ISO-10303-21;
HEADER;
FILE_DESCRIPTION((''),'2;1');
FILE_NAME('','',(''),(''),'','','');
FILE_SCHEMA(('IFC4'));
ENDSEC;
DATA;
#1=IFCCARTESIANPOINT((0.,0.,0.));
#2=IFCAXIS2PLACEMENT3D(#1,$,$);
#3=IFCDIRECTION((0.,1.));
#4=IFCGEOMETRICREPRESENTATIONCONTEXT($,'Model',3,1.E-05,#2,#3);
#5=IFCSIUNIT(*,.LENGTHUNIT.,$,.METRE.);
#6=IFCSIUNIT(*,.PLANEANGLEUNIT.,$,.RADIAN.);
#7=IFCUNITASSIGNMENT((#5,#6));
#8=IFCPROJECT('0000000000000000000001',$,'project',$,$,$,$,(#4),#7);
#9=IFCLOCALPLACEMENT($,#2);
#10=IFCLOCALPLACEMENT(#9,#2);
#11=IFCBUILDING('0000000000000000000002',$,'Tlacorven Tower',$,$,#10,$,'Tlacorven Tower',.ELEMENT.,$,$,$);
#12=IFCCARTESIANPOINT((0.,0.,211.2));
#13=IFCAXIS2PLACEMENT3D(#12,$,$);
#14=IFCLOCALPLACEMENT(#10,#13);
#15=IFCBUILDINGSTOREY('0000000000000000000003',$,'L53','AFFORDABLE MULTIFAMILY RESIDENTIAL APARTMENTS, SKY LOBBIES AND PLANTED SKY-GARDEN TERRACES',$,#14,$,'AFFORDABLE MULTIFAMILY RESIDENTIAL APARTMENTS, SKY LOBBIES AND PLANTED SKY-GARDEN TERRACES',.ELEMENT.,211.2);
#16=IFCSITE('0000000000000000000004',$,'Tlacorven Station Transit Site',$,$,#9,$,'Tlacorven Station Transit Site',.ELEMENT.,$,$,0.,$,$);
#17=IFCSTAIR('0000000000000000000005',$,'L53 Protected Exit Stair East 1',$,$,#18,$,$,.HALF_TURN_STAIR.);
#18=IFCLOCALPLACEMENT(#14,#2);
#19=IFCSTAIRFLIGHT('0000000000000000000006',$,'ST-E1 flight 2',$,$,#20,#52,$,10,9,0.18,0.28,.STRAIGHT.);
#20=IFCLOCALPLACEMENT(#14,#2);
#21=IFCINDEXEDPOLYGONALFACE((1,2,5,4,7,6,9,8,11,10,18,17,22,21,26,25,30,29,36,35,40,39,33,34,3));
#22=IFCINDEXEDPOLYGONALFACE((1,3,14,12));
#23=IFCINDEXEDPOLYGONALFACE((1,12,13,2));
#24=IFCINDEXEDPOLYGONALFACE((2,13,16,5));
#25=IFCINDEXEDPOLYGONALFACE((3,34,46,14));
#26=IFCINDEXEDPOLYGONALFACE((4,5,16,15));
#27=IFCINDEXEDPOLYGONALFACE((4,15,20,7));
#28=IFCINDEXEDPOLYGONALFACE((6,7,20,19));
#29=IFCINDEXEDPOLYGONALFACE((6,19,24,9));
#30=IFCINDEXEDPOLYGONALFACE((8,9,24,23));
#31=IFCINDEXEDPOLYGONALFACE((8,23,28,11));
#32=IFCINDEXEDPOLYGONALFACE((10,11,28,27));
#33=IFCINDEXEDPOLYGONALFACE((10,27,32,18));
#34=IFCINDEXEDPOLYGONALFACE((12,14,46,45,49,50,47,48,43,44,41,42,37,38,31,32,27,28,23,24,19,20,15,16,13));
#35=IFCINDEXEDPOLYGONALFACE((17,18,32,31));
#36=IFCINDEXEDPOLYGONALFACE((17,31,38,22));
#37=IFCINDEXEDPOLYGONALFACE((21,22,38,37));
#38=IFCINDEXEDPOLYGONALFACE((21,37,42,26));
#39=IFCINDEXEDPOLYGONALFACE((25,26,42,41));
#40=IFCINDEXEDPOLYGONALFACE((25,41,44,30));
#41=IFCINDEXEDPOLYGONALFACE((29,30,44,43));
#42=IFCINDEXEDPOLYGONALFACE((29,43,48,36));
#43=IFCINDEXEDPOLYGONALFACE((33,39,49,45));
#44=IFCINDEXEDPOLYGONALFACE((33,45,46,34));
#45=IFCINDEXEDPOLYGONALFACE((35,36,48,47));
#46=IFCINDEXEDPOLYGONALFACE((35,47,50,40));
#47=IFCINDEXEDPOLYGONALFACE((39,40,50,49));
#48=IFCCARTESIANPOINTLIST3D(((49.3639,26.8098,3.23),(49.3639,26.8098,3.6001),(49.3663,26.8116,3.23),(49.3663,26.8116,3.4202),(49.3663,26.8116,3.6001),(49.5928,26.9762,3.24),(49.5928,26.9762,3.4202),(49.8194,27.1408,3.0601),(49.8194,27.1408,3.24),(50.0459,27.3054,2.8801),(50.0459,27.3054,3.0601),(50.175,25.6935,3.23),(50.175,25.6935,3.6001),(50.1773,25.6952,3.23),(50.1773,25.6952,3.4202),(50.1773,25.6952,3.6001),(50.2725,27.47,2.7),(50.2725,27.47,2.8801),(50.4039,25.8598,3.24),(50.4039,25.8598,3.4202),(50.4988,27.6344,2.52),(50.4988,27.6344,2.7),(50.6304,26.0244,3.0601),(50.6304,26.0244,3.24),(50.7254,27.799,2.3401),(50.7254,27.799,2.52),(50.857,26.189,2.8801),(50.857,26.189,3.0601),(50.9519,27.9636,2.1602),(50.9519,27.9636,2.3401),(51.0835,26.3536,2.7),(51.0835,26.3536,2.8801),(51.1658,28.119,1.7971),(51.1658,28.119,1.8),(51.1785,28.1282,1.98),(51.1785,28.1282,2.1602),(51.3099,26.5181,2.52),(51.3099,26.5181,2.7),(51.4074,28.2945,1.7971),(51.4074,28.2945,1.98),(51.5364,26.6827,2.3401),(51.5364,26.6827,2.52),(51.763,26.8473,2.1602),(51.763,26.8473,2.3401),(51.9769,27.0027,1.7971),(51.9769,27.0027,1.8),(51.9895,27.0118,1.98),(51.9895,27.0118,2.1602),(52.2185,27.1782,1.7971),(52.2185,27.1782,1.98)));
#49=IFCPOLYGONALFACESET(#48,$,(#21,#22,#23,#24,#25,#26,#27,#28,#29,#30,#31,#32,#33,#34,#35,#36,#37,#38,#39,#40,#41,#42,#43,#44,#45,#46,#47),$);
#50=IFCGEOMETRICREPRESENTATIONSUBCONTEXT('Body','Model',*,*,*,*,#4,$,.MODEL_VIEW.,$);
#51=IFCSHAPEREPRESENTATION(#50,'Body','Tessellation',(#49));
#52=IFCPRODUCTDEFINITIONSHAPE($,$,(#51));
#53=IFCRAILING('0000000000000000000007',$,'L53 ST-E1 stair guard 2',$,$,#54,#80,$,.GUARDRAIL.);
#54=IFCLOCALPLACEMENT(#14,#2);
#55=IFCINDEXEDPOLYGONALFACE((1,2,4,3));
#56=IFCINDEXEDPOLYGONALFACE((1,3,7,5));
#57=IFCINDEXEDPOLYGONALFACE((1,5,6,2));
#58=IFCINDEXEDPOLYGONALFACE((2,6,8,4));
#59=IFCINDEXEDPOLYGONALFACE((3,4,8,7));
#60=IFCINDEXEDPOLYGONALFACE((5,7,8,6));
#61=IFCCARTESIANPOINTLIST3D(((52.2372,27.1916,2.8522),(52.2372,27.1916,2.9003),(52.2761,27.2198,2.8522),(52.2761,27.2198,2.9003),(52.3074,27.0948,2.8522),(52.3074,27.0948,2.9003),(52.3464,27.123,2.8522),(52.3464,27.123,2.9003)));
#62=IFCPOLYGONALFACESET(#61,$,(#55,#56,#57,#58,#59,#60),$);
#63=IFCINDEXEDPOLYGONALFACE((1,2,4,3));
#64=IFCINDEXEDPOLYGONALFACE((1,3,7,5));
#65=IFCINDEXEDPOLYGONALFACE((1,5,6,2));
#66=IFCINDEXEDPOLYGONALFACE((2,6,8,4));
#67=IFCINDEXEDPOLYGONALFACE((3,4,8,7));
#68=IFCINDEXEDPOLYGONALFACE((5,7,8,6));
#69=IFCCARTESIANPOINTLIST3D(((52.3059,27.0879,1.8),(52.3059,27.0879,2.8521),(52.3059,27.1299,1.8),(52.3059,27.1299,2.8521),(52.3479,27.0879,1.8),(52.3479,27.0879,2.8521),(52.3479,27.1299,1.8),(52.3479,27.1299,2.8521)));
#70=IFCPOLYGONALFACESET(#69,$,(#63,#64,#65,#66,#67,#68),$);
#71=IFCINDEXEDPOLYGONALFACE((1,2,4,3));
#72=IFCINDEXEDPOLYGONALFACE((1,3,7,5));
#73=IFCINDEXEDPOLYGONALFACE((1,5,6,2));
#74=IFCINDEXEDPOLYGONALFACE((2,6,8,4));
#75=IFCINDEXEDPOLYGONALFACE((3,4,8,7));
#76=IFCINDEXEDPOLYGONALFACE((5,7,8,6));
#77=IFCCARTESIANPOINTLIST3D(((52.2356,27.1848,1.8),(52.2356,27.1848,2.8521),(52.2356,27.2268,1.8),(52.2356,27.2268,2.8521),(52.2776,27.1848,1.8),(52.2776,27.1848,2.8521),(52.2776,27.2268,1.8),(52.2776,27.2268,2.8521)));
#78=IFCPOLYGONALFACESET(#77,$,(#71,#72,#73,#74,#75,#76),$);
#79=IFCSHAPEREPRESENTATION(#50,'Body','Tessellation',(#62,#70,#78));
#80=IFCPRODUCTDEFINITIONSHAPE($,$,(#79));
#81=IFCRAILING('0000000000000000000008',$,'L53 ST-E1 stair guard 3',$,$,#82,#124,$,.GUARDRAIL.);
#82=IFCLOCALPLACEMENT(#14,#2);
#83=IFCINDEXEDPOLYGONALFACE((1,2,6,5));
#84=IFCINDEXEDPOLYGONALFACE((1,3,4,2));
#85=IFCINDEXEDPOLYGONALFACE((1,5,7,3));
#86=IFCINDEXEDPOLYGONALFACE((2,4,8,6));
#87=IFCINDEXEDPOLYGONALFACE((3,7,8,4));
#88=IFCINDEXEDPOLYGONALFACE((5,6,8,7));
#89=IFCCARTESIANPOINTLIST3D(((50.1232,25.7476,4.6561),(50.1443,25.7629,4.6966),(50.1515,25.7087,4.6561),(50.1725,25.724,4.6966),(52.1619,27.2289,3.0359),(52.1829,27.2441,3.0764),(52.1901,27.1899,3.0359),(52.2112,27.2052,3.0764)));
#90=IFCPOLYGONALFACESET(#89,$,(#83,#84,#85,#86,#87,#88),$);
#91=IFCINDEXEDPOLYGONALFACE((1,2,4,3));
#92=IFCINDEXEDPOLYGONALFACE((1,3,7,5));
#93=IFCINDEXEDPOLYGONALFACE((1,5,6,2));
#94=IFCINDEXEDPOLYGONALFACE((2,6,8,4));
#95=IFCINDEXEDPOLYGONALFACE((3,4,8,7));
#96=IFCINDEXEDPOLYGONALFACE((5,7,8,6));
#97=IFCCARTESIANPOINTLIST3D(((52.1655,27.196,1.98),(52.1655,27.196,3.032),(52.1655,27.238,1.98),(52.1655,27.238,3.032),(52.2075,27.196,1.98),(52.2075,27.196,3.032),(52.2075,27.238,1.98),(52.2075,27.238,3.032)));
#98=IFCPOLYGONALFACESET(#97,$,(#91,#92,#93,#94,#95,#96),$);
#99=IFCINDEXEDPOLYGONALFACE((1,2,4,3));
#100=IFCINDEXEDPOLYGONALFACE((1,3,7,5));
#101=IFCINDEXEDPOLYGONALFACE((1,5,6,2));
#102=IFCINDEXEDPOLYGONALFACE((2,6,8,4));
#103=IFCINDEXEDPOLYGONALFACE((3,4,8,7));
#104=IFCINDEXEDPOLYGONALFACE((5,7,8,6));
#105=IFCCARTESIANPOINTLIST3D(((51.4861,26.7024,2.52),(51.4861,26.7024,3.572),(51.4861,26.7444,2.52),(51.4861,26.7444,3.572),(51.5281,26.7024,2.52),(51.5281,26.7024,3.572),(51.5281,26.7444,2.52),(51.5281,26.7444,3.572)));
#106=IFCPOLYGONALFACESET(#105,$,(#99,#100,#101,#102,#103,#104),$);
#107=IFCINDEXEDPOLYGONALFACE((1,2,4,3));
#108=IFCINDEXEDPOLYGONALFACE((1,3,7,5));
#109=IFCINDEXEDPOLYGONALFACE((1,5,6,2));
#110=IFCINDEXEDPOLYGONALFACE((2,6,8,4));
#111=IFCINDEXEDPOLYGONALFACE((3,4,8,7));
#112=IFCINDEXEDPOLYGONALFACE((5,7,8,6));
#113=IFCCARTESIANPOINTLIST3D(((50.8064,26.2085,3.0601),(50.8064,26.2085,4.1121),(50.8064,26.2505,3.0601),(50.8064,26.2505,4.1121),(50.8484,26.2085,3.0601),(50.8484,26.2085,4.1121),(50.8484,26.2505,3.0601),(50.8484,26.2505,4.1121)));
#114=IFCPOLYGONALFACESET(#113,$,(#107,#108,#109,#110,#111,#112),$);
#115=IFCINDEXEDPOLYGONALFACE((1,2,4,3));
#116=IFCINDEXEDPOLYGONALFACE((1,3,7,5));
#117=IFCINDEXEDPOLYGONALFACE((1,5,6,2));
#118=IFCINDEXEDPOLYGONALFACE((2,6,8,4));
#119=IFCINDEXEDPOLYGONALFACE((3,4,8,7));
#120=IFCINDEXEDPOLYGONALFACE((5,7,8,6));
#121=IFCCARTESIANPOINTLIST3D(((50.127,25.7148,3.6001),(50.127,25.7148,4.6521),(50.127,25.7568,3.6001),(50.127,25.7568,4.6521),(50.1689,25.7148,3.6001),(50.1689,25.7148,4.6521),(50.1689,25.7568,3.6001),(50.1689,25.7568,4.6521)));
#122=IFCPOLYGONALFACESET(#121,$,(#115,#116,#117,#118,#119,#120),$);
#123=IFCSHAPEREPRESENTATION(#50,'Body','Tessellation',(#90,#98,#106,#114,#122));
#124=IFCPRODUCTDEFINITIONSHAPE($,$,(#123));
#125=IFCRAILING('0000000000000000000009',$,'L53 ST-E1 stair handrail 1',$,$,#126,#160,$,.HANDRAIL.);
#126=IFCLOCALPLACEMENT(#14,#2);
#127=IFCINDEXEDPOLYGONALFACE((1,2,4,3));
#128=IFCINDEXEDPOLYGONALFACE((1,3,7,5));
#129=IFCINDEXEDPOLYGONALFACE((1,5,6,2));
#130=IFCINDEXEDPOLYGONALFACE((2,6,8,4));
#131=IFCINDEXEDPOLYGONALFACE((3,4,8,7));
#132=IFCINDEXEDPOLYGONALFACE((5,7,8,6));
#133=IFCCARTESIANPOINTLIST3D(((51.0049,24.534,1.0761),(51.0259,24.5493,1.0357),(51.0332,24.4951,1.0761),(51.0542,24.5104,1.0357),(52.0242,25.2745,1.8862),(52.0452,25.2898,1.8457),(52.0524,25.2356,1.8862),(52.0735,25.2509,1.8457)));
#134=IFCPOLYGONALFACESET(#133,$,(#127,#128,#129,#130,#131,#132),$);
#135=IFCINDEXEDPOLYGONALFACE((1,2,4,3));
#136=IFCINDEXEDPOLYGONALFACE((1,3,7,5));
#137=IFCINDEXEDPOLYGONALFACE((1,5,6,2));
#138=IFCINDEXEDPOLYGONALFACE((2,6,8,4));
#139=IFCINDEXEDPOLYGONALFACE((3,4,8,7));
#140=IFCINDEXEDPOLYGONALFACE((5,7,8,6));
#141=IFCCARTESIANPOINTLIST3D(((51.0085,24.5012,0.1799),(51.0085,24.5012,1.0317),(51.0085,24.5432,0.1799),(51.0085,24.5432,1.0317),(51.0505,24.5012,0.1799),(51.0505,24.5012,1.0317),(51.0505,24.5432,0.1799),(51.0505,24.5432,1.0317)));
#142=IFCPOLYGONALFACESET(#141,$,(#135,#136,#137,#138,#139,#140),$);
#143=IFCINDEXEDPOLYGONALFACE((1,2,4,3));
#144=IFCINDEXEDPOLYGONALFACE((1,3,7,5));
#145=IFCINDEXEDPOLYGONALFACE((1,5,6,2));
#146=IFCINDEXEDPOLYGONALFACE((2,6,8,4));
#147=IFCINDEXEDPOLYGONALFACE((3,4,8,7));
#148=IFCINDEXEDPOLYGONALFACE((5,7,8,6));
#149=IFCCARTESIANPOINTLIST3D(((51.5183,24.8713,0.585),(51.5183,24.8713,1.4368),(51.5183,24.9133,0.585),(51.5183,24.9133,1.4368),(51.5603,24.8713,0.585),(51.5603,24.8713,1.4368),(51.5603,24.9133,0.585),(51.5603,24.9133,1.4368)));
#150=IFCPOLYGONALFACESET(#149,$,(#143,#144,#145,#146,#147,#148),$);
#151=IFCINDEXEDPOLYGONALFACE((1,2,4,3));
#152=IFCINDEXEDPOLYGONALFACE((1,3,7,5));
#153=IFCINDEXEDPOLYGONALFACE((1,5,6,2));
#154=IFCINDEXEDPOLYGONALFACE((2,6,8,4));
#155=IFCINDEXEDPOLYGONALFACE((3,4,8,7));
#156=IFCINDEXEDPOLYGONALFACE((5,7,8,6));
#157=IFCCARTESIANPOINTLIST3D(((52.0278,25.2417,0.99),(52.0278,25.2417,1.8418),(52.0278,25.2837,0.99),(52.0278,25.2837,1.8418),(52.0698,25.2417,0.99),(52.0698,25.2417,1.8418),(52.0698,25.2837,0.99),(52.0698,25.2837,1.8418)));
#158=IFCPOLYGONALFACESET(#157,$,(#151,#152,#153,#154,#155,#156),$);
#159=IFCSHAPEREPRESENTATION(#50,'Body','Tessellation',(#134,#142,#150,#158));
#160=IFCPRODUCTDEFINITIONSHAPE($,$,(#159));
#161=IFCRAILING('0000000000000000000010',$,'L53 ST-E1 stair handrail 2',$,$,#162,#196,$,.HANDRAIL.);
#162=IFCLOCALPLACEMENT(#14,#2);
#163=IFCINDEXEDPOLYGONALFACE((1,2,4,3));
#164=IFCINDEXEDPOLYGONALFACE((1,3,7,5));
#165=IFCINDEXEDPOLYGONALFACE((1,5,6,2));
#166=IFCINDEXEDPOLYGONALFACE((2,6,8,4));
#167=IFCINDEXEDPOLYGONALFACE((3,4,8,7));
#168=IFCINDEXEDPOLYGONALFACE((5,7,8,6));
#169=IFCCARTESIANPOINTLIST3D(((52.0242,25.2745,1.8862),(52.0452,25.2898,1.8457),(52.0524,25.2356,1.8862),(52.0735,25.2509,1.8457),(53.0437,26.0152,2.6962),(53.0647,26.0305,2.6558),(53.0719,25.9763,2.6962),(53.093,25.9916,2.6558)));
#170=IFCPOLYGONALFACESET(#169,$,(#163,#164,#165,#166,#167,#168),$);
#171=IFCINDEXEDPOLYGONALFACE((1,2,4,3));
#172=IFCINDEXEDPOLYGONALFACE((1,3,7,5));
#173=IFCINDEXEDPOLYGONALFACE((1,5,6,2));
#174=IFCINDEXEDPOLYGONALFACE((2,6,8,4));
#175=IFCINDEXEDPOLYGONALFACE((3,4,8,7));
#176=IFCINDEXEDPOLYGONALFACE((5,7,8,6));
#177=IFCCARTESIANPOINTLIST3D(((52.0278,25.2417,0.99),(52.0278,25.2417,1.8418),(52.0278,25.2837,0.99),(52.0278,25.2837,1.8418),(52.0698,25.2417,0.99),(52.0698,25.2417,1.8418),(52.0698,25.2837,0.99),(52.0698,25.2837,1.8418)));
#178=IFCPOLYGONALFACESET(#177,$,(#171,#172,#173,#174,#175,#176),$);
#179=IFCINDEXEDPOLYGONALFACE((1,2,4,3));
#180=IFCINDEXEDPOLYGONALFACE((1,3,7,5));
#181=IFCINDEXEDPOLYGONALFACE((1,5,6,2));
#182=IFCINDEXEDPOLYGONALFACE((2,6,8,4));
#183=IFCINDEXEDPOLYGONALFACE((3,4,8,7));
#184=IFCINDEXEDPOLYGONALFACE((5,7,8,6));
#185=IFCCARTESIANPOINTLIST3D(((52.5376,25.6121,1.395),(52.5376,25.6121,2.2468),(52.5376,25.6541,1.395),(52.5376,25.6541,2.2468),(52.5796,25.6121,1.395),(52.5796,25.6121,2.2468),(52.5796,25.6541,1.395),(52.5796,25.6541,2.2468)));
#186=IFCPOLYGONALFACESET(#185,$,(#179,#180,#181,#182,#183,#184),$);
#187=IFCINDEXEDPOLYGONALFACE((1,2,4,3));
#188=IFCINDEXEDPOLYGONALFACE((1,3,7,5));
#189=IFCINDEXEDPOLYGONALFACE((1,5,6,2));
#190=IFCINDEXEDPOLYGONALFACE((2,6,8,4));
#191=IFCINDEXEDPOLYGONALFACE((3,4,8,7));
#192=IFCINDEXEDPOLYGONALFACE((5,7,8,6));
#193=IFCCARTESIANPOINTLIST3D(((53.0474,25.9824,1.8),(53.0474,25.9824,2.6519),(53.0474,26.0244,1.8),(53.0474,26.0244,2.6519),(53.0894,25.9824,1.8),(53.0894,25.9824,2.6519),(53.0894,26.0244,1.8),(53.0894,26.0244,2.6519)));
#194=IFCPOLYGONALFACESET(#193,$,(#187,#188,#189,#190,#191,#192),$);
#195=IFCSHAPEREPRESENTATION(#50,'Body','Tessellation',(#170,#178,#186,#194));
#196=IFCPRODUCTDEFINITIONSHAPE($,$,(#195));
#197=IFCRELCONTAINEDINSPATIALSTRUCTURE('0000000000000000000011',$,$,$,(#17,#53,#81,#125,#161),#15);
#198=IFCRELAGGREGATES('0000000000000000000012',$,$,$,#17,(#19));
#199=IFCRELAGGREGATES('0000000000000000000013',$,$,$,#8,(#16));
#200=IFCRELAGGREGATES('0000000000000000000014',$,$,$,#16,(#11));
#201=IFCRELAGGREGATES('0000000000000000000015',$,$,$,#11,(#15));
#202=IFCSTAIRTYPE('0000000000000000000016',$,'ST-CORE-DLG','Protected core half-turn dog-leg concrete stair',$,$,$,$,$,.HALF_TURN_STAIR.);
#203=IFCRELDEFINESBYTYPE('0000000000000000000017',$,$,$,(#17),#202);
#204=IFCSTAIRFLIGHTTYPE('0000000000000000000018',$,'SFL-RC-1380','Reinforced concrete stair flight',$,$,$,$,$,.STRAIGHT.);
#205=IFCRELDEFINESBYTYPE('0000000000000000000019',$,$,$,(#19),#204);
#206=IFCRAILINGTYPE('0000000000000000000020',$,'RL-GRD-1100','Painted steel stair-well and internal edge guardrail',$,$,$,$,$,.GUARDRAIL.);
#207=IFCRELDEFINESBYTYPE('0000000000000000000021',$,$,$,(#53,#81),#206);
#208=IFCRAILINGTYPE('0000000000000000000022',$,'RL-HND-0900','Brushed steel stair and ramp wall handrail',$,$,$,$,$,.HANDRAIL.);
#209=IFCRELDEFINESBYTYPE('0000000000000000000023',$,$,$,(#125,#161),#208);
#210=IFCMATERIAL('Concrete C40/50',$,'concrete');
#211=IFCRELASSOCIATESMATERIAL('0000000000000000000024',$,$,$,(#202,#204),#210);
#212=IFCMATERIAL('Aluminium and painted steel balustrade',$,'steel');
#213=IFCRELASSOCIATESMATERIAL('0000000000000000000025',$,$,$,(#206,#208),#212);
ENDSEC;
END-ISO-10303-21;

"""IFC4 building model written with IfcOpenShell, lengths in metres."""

from ifc_helpers import new_model, si_unit, direction, frame, origin, origin_2d, place, context, subcontext, project, spatial, polyline, rectangle, outline, extrude, source, transform, mapped, material, type_object, element, aggregate, save


model = new_model("IFC4")

# Units and contexts
model_context = context("Model", 3, precision=1e-05, world=origin(), true_north=direction((0.0, 1.0)))
body_context = subcontext(model_context, "Body", "Model", "MODEL_VIEW")
ifc_project = project(units=[si_unit("LENGTHUNIT", "METRE"), si_unit("PLANEANGLEUNIT", "RADIAN")], contexts=[model_context])

# Site, building, storey
site_placement = place(None, origin())
site = spatial("IfcSite", under=ifc_project, at=site_placement, Name="Tlacorven Station Transit Site", LongName="Tlacorven Station Transit Site", CompositionType="ELEMENT", RefElevation=0.0)
building_placement = place(site_placement, origin())
building = spatial("IfcBuilding", under=site, at=building_placement, Name="Tlacorven Tower", LongName="Tlacorven Tower", CompositionType="ELEMENT")
storey_placement = place(building_placement, frame((0.0, 0.0, 211.2)))
storey = spatial("IfcBuildingStorey", under=building, at=storey_placement, Name="L53", Description="AFFORDABLE MULTIFAMILY RESIDENTIAL APARTMENTS, SKY LOBBIES AND PLANTED SKY-GARDEN TERRACES", LongName="AFFORDABLE MULTIFAMILY RESIDENTIAL APARTMENTS, SKY LOBBIES AND PLANTED SKY-GARDEN TERRACES", CompositionType="ELEMENT", Elevation=211.2)

# Shared definitions
ifc_material_1 = material(Name="Concrete C40/50", Category="concrete")

# Stair, stair flight
stair_type = type_object("IfcStairType", Name="ST-CORE-DLG", Description="Protected core half-turn dog-leg concrete stair", PredefinedType="HALF_TURN_STAIR", material=ifc_material_1)
stair_placement = place(storey_placement, origin())
stair = element("IfcStair", 1, at=stair_placement, inside=storey, type_object=stair_type, Name="L53 Protected Exit Stair East 1", PredefinedType="HALF_TURN_STAIR")
stair_flight_type = type_object("IfcStairFlightType", Name="SFL-RC-1380", Description="Reinforced concrete stair flight", PredefinedType="STRAIGHT", material=ifc_material_1)
shared_shape_1 = source(origin(), body_context, "Body", "SweptSolid", [
    extrude(outline(polyline([(-0.0029, -0.0029), (-0.0029, 0.1799), (0.28, 0.1799), (0.28, 0.3601), (0.5601, 0.3601), (0.5601, 0.54), (0.8401, 0.54), (0.8401, 0.72), (1.1201, 0.72), (1.1201, 0.8999), (1.3999, 0.8999), (1.3999, 1.0801), (1.6799, 1.0801), (1.6799, 1.26), (1.96, 1.26), (1.96, 1.4399), (2.24, 1.4399), (2.24, 1.6201), (2.52, 1.6201), (2.52, 1.8), (2.5229, 1.8), (2.5229, 1.4299), (2.52, 1.4299), (0.2957, 0.0), (0.2957, -0.0029), (-0.0029, -0.0029)])), frame((0.0, 0.6899, 0.0), z_axis=(0.0, -1.0, 0.0), x_axis=(1.0, 0.0, 0.0)), (0.0, 0.0, 1.0), 1.3799),
])
stair_flight_placement = place(storey_placement, frame((51.8105, 27.7346, 1.8), z_axis=(0.0, 0.0, 1.0), x_axis=(-0.809017, -0.587785, 0.0)))
stair_flight = element("IfcStairFlight", 2, at=stair_flight_placement, type_object=stair_flight_type, Name="ST-E1 flight 2", NumberOfRisers=10, NumberOfTreads=9, PredefinedType="STRAIGHT", RiserHeight=0.18, TreadLength=0.28, context=body_context, shape_type="MappedRepresentation", body=[
    mapped(shared_shape_1, transform((0.0, 0.0, 0.0), scale=1.0)),
])
aggregate(stair, [stair_flight])

# Railings
ifc_material_2 = material(Name="Aluminium and painted steel balustrade", Category="steel")
railing_type_1 = type_object("IfcRailingType", Name="RL-GRD-1100", Description="Painted steel stair-well and internal edge guardrail", PredefinedType="GUARDRAIL", material=ifc_material_2)
shared_shape_2 = source(origin(), body_context, "Body", "SweptSolid", [
    extrude(rectangle(XDim=0.0481, YDim=0.0481, at=origin_2d()), frame((0.0, 0.0, 1.0762), z_axis=(-0.587201, 0.809441, 0.0), x_axis=(-0.809441, -0.587201, 0.0)), (0.0, 0.0, 1.0), 0.1196),
    extrude(rectangle(XDim=0.042, YDim=0.042, at=origin_2d()), origin(), (0.0, 0.0, 1.0), 1.052),
    extrude(rectangle(XDim=0.042, YDim=0.042, at=origin_2d()), frame((-0.0703, 0.0969, 0.0)), (0.0, 0.0, 1.0), 1.052),
])
railing_1_placement = place(storey_placement, frame((52.3269, 27.1089, 1.8)))
element("IfcRailing", 3, at=railing_1_placement, inside=storey, type_object=railing_type_1, Name="L53 ST-E1 stair guard 2", PredefinedType="GUARDRAIL", context=body_context, shape_type="MappedRepresentation", body=[
    mapped(shared_shape_2, transform((0.0, 0.0, 0.0), scale=1.0)),
])
shared_shape_3 = source(origin(), body_context, "Body", "SweptSolid", [
    extrude(rectangle(XDim=0.0481, YDim=0.0481, at=origin_2d()), frame((0.0, 0.0, 1.0762), z_axis=(-0.680489, -0.494434, 0.540805), x_axis=(0.587809, -0.809, 0.0)), (0.0, 0.0, 1.0), 2.9958),
    extrude(rectangle(XDim=0.042, YDim=0.042, at=origin_2d()), origin(), (0.0, 0.0, 1.0), 1.052),
    extrude(rectangle(XDim=0.042, YDim=0.042, at=origin_2d()), frame((-0.6794, -0.4937, 0.54)), (0.0, 0.0, 1.0), 1.052),
    extrude(rectangle(XDim=0.042, YDim=0.042, at=origin_2d()), frame((-1.3591, -0.9875, 1.0801)), (0.0, 0.0, 1.0), 1.052),
    extrude(rectangle(XDim=0.042, YDim=0.042, at=origin_2d()), frame((-2.0386, -1.4812, 1.6201)), (0.0, 0.0, 1.0), 1.052),
])
railing_2_placement = place(storey_placement, frame((52.1865, 27.217, 1.98)))
element("IfcRailing", 4, at=railing_2_placement, inside=storey, type_object=railing_type_1, Name="L53 ST-E1 stair guard 3", PredefinedType="GUARDRAIL", context=body_context, shape_type="MappedRepresentation", body=[
    mapped(shared_shape_3, transform((0.0, 0.0, 0.0), scale=1.0)),
])
railing_type_2 = type_object("IfcRailingType", Name="RL-HND-0900", Description="Brushed steel stair and ramp wall handrail", PredefinedType="HANDRAIL", material=ifc_material_2)
shared_shape_4 = source(origin(), body_context, "Body", "SweptSolid", [
    extrude(rectangle(XDim=0.0481, YDim=0.0481, at=origin_2d()), frame((0.0, 0.0, 0.876), z_axis=(0.680516, 0.494373, 0.540827), x_axis=(-0.587745, 0.809046, 0.0)), (0.0, 0.0, 1.0), 1.4978),
    extrude(rectangle(XDim=0.042, YDim=0.042, at=origin_2d()), origin(), (0.0, 0.0, 1.0), 0.8518),
    extrude(rectangle(XDim=0.042, YDim=0.042, at=origin_2d()), frame((0.5098, 0.3701, 0.405)), (0.0, 0.0, 1.0), 0.8518),
    extrude(rectangle(XDim=0.042, YDim=0.042, at=origin_2d()), frame((1.0193, 0.7405, 0.8101)), (0.0, 0.0, 1.0), 0.8518),
])
railing_3_placement = place(storey_placement, frame((51.0295, 24.5222, 0.1799)))
element("IfcRailing", 5, at=railing_3_placement, inside=storey, type_object=railing_type_2, Name="L53 ST-E1 stair handrail 1", PredefinedType="HANDRAIL", context=body_context, shape_type="MappedRepresentation", body=[
    mapped(shared_shape_4, transform((0.0, 0.0, 0.0), scale=1.0)),
])
shared_shape_5 = source(origin(), body_context, "Body", "SweptSolid", [
    extrude(rectangle(XDim=0.0481, YDim=0.0481, at=origin_2d()), frame((0.0, 0.0, 0.876), z_axis=(0.680549, 0.494441, 0.540723), x_axis=(-0.58778, 0.809021, 0.0)), (0.0, 0.0, 1.0), 1.498),
    extrude(rectangle(XDim=0.042, YDim=0.042, at=origin_2d()), origin(), (0.0, 0.0, 1.0), 0.8518),
    extrude(rectangle(XDim=0.042, YDim=0.042, at=origin_2d()), frame((0.5098, 0.3704, 0.405)), (0.0, 0.0, 1.0), 0.8518),
    extrude(rectangle(XDim=0.042, YDim=0.042, at=origin_2d()), frame((1.0195, 0.7407, 0.8101)), (0.0, 0.0, 1.0), 0.8518),
])
railing_4_placement = place(storey_placement, frame((52.0488, 25.2627, 0.99)))
element("IfcRailing", 6, at=railing_4_placement, inside=storey, type_object=railing_type_2, Name="L53 ST-E1 stair handrail 2", PredefinedType="HANDRAIL", context=body_context, shape_type="MappedRepresentation", body=[
    mapped(shared_shape_5, transform((0.0, 0.0, 0.0), scale=1.0)),
])

save(model, "model.ifc")
